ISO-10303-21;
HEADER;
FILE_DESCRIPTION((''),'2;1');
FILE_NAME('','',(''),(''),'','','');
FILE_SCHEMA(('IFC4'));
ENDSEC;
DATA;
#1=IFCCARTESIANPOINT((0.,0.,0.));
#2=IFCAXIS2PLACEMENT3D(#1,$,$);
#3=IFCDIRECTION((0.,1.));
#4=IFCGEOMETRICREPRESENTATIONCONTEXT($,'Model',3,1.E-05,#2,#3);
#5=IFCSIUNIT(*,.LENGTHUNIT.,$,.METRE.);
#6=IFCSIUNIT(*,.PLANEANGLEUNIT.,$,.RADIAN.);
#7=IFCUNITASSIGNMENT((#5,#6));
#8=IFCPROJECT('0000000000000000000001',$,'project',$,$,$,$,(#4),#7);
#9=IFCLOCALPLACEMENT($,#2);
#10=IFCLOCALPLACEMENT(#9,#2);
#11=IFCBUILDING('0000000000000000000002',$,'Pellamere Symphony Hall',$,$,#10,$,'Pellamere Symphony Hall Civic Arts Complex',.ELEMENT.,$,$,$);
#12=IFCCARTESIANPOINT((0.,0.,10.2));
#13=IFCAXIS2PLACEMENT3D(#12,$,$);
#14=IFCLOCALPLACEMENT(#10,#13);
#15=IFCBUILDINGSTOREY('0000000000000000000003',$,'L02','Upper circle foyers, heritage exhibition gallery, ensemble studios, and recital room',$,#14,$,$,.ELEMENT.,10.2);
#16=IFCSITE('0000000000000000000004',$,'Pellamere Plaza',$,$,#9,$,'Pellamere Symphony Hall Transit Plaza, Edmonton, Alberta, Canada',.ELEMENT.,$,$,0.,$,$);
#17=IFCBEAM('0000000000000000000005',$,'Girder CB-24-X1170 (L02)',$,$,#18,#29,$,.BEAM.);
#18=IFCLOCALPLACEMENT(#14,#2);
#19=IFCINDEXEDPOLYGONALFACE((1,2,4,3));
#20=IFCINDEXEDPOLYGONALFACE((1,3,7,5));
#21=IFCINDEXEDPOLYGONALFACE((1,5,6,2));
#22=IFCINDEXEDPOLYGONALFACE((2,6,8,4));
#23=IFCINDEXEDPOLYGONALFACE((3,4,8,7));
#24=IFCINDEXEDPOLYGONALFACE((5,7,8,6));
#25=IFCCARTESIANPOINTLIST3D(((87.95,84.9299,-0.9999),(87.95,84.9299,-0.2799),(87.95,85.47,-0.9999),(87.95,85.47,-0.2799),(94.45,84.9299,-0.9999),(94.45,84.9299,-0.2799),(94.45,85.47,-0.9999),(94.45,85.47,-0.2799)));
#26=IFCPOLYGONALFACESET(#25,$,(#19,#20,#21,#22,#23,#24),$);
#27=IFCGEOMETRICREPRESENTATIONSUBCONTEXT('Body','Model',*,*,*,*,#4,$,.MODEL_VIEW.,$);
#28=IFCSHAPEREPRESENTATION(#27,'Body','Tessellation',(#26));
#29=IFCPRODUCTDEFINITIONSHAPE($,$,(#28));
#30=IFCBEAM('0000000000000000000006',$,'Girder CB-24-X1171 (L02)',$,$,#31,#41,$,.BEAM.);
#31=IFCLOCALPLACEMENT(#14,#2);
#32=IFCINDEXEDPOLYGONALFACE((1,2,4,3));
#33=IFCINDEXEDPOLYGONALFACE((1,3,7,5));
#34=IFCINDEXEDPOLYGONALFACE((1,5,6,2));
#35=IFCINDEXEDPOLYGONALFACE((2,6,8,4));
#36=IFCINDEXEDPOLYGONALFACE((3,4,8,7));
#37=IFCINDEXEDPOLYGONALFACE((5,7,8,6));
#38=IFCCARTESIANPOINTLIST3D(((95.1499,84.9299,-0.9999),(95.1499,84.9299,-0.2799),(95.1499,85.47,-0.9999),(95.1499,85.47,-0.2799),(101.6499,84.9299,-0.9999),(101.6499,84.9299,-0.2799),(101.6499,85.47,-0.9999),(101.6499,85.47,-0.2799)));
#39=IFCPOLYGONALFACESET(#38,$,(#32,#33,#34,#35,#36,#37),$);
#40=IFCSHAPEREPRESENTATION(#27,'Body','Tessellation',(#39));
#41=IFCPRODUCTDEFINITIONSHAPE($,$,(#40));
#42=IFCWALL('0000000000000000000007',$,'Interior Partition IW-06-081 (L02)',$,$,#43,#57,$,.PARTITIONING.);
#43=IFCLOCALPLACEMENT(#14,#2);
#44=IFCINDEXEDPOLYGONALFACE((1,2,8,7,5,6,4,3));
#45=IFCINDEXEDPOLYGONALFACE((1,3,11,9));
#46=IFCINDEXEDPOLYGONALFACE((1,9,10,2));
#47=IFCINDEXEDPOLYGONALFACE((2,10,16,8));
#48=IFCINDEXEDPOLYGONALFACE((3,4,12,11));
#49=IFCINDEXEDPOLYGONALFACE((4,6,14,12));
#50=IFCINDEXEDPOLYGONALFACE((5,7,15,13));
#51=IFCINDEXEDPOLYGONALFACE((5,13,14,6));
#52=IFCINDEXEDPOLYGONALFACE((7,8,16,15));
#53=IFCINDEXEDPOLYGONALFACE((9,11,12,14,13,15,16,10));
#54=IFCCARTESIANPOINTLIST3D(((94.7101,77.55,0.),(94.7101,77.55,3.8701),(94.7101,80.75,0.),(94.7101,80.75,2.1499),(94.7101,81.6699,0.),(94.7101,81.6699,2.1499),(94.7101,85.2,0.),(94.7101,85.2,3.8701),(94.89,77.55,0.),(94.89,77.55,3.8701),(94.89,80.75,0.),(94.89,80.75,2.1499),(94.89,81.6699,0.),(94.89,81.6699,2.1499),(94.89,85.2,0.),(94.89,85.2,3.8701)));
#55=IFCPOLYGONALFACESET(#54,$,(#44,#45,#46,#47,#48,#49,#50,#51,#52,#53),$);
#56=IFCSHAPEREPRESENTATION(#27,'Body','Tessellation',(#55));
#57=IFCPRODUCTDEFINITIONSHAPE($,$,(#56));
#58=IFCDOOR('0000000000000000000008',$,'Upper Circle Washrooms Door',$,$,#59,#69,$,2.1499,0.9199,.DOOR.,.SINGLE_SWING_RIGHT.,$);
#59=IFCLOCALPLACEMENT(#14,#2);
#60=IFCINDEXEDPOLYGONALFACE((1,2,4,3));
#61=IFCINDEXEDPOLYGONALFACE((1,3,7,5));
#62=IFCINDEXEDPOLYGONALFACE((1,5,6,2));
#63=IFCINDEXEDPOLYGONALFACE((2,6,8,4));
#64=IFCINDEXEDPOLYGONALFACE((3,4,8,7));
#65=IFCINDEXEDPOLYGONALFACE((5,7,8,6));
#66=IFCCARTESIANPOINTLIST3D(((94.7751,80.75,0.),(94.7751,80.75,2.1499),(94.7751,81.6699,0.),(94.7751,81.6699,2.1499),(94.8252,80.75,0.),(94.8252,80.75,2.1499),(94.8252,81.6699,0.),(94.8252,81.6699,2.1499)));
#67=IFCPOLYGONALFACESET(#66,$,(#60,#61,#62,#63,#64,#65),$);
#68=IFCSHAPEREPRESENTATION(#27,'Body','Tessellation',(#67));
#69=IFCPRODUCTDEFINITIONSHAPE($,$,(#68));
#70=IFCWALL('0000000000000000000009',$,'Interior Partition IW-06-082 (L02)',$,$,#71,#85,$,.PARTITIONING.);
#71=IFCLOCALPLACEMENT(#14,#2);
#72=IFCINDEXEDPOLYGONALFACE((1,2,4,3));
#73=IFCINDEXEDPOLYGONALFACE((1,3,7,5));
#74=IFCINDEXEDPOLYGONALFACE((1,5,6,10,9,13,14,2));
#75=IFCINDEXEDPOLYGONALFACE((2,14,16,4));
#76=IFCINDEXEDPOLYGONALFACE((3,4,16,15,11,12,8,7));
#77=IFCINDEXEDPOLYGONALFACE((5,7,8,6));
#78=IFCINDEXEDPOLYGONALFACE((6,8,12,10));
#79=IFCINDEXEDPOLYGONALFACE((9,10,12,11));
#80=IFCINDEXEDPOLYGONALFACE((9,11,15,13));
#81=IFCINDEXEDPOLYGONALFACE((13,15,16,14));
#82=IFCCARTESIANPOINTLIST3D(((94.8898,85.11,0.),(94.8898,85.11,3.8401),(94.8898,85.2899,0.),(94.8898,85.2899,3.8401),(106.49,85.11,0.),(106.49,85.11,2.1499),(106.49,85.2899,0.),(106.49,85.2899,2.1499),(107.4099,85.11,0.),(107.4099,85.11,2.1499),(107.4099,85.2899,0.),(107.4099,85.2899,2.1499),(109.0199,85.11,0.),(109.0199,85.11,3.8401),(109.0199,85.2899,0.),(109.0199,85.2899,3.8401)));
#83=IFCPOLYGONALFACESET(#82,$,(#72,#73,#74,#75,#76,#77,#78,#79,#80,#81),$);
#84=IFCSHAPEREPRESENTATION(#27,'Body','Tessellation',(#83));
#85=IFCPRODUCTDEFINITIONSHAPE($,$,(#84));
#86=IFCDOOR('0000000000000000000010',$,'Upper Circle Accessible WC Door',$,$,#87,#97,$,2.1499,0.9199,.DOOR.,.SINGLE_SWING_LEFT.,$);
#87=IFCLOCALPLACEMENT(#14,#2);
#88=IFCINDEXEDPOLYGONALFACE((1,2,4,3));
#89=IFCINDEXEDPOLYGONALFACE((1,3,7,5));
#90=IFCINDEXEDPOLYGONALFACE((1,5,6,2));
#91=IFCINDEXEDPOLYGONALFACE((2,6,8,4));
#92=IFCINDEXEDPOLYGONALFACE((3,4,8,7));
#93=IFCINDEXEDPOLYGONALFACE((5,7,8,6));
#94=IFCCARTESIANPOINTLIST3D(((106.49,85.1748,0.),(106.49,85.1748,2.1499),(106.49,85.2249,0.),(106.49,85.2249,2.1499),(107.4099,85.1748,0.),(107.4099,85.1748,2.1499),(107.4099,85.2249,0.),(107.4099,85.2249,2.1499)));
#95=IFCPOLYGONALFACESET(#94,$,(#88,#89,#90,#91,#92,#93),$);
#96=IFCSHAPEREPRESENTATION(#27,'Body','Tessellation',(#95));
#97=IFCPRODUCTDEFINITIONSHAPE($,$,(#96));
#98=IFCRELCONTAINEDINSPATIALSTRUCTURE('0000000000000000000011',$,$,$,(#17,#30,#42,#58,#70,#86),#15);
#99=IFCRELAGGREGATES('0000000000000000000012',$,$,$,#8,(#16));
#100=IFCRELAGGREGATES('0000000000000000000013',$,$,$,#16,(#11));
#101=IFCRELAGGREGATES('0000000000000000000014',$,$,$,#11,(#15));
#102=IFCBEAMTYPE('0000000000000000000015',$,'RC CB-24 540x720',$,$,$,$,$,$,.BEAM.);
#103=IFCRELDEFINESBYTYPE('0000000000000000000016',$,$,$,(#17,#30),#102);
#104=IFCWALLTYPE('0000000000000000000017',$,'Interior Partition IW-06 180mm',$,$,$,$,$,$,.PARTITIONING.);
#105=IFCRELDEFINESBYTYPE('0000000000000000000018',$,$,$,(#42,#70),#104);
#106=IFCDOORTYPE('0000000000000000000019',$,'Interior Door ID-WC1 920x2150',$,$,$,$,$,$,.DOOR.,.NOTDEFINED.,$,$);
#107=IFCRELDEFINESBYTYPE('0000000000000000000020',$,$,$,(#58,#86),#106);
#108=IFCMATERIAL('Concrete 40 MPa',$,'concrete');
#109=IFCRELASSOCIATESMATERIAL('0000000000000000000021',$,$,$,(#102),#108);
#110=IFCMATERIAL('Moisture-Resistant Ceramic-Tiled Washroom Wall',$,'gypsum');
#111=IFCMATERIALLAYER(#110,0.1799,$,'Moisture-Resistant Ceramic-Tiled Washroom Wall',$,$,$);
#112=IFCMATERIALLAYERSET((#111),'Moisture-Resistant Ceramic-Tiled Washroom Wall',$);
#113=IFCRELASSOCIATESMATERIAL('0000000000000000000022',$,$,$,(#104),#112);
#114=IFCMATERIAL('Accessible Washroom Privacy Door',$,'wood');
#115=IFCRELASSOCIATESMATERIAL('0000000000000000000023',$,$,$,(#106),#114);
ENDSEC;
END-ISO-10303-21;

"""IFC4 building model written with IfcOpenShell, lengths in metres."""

from ifc_helpers import new_model, si_unit, direction, frame, frame_2d, origin, origin_2d, place, context, subcontext, project, spatial, rectangle, extrude, material, layer, layer_set, material_profile, profile_set, type_object, element, fill, save


model = new_model("IFC4")

# Units and contexts
model_context = context("Model", 3, precision=1e-05, world=origin(), true_north=direction((0.0, 1.0)))
body_context = subcontext(model_context, "Body", "Model", "MODEL_VIEW")
ifc_project = project(units=[si_unit("LENGTHUNIT", "METRE"), si_unit("PLANEANGLEUNIT", "RADIAN")], contexts=[model_context])

# Site, building, storey
site_placement = place(None, origin())
site = spatial("IfcSite", under=ifc_project, at=site_placement, Name="Pellamere Plaza", LongName="Pellamere Symphony Hall Transit Plaza, Edmonton, Alberta, Canada", CompositionType="ELEMENT", RefElevation=0.0)
building_placement = place(site_placement, origin())
building = spatial("IfcBuilding", under=site, at=building_placement, Name="Pellamere Symphony Hall", LongName="Pellamere Symphony Hall Civic Arts Complex", CompositionType="ELEMENT")
storey_placement = place(building_placement, frame((0.0, 0.0, 10.2)))
storey = spatial("IfcBuildingStorey", under=building, at=storey_placement, Name="L02", Description="Upper circle foyers, heritage exhibition gallery, ensemble studios, and recital room", CompositionType="ELEMENT", Elevation=10.2)

# Shared definitions
ifc_material_1 = material(Name="Concrete 40 MPa", Category="concrete")

# Beams
ifc_material_profile_1 = material_profile(ifc_material_1, rectangle(XDim=0.54, YDim=0.72, at=origin_2d()), Name="RC 540x720")
ifc_profile_set_1 = profile_set([ifc_material_profile_1], Name="Concrete 40 MPa")
beam_type_1 = type_object("IfcBeamType", Name="RC CB-24 540x720", PredefinedType="BEAM", material=ifc_profile_set_1)
for number, where, z_axis, x_axis, name in (
    (1, (87.95, 85.2, -0.6399), (1.0, 0.0, 0.0), (0.0, 1.0, 0.0), "Girder CB-24-X1170 (L02)"),
    (2, (95.1499, 85.2, -0.6399), (1.0, 0.0, 0.0), (0.0, 1.0, 0.0), "Girder CB-24-X1171 (L02)"),
):
    element("IfcBeam", number, at=place(storey_placement, frame(where, z_axis=z_axis, x_axis=x_axis)), inside=storey, type_object=beam_type_1, Name=name, PredefinedType="BEAM", context=body_context, shape_type="SweptSolid", body=[
        extrude(rectangle(XDim=0.54, YDim=0.72, at=origin_2d()), origin(), (0.0, 0.0, 1.0), 6.5),
    ])

# Walls, openings, doors
ifc_material_2 = material(Name="Moisture-Resistant Ceramic-Tiled Washroom Wall", Category="gypsum")
ifc_layer = layer(ifc_material_2, 0.1799, Name="Moisture-Resistant Ceramic-Tiled Washroom Wall")
ifc_layer_set = layer_set([ifc_layer], Name="Moisture-Resistant Ceramic-Tiled Washroom Wall")
wall_type = type_object("IfcWallType", Name="Interior Partition IW-06 180mm", PredefinedType="PARTITIONING", material=ifc_layer_set)
wall_1_placement = place(storey_placement, frame((94.8, 77.55, 0.0), z_axis=(0.0, 0.0, 1.0), x_axis=(0.0, 1.0, 0.0)))
wall_1 = element("IfcWall", 3, at=wall_1_placement, inside=storey, type_object=wall_type, Name="Interior Partition IW-06-081 (L02)", PredefinedType="PARTITIONING", context=body_context, shape_type="SweptSolid", body=[
    extrude(rectangle(XDim=7.6499, YDim=0.1799, at=frame_2d((3.825, 0.0))), origin(), (0.0, 0.0, 1.0), 3.8701),
])
opening_1_placement = place(wall_1_placement, frame((3.2, 0.0, 0.0)))
opening_1 = element("IfcOpeningElement", 4, at=opening_1_placement, cuts=wall_1, PredefinedType="OPENING", context=body_context, shape_type="SweptSolid", body=[
    extrude(rectangle(XDim=0.9199, YDim=2.1499, at=frame_2d((0.46, 1.075))), frame((0.0, 0.0999, 0.0), z_axis=(0.0, -1.0, 0.0), x_axis=(1.0, 0.0, 0.0)), (0.0, 0.0, 1.0), 0.2),
])
ifc_material_3 = material(Name="Accessible Washroom Privacy Door", Category="wood")
door_type = type_object("IfcDoorType", Name="Interior Door ID-WC1 920x2150", OperationType="NOTDEFINED", PredefinedType="DOOR", material=ifc_material_3)
door_1_placement = place(opening_1_placement, origin())
door_1 = element("IfcDoor", 5, at=door_1_placement, inside=storey, type_object=door_type, Name="Upper Circle Washrooms Door", OperationType="SINGLE_SWING_RIGHT", OverallHeight=2.1499, OverallWidth=0.9199, PredefinedType="DOOR", context=body_context, shape_type="SweptSolid", body=[
    extrude(rectangle(XDim=0.9199, YDim=2.1499, at=frame_2d((0.46, 1.075))), frame((0.0, 0.0249, 0.0), z_axis=(0.0, -1.0, 0.0), x_axis=(1.0, 0.0, 0.0)), (0.0, 0.0, 1.0), 0.05),
])
fill(opening_1, door_1)
wall_2_placement = place(storey_placement, frame((94.8899, 85.2, 0.0), z_axis=(0.0, 0.0, 1.0), x_axis=(1.0, 0.0, 0.0)))
wall_2 = element("IfcWall", 6, at=wall_2_placement, inside=storey, type_object=wall_type, Name="Interior Partition IW-06-082 (L02)", PredefinedType="PARTITIONING", context=body_context, shape_type="SweptSolid", body=[
    extrude(rectangle(XDim=14.1301, YDim=0.1799, at=frame_2d((7.0649, 0.0))), origin(), (0.0, 0.0, 1.0), 3.8401),
])
opening_2_placement = place(wall_2_placement, frame((11.6001, 0.0, 0.0)))
opening_2 = element("IfcOpeningElement", 7, at=opening_2_placement, cuts=wall_2, PredefinedType="OPENING", context=body_context, shape_type="SweptSolid", body=[
    extrude(rectangle(XDim=0.9199, YDim=2.1499, at=frame_2d((0.46, 1.075))), frame((0.0, 0.0999, 0.0), z_axis=(0.0, -1.0, 0.0), x_axis=(1.0, 0.0, 0.0)), (0.0, 0.0, 1.0), 0.2),
])
door_2_placement = place(opening_2_placement, origin())
door_2 = element("IfcDoor", 8, at=door_2_placement, inside=storey, type_object=door_type, Name="Upper Circle Accessible WC Door", OperationType="SINGLE_SWING_LEFT", OverallHeight=2.1499, OverallWidth=0.9199, PredefinedType="DOOR", context=body_context, shape_type="SweptSolid", body=[
    extrude(rectangle(XDim=0.9199, YDim=2.1499, at=frame_2d((0.46, 1.075))), frame((0.0, 0.0249, 0.0), z_axis=(0.0, -1.0, 0.0), x_axis=(1.0, 0.0, 0.0)), (0.0, 0.0, 1.0), 0.05),
])
fill(opening_2, door_2)

save(model, "model.ifc")
